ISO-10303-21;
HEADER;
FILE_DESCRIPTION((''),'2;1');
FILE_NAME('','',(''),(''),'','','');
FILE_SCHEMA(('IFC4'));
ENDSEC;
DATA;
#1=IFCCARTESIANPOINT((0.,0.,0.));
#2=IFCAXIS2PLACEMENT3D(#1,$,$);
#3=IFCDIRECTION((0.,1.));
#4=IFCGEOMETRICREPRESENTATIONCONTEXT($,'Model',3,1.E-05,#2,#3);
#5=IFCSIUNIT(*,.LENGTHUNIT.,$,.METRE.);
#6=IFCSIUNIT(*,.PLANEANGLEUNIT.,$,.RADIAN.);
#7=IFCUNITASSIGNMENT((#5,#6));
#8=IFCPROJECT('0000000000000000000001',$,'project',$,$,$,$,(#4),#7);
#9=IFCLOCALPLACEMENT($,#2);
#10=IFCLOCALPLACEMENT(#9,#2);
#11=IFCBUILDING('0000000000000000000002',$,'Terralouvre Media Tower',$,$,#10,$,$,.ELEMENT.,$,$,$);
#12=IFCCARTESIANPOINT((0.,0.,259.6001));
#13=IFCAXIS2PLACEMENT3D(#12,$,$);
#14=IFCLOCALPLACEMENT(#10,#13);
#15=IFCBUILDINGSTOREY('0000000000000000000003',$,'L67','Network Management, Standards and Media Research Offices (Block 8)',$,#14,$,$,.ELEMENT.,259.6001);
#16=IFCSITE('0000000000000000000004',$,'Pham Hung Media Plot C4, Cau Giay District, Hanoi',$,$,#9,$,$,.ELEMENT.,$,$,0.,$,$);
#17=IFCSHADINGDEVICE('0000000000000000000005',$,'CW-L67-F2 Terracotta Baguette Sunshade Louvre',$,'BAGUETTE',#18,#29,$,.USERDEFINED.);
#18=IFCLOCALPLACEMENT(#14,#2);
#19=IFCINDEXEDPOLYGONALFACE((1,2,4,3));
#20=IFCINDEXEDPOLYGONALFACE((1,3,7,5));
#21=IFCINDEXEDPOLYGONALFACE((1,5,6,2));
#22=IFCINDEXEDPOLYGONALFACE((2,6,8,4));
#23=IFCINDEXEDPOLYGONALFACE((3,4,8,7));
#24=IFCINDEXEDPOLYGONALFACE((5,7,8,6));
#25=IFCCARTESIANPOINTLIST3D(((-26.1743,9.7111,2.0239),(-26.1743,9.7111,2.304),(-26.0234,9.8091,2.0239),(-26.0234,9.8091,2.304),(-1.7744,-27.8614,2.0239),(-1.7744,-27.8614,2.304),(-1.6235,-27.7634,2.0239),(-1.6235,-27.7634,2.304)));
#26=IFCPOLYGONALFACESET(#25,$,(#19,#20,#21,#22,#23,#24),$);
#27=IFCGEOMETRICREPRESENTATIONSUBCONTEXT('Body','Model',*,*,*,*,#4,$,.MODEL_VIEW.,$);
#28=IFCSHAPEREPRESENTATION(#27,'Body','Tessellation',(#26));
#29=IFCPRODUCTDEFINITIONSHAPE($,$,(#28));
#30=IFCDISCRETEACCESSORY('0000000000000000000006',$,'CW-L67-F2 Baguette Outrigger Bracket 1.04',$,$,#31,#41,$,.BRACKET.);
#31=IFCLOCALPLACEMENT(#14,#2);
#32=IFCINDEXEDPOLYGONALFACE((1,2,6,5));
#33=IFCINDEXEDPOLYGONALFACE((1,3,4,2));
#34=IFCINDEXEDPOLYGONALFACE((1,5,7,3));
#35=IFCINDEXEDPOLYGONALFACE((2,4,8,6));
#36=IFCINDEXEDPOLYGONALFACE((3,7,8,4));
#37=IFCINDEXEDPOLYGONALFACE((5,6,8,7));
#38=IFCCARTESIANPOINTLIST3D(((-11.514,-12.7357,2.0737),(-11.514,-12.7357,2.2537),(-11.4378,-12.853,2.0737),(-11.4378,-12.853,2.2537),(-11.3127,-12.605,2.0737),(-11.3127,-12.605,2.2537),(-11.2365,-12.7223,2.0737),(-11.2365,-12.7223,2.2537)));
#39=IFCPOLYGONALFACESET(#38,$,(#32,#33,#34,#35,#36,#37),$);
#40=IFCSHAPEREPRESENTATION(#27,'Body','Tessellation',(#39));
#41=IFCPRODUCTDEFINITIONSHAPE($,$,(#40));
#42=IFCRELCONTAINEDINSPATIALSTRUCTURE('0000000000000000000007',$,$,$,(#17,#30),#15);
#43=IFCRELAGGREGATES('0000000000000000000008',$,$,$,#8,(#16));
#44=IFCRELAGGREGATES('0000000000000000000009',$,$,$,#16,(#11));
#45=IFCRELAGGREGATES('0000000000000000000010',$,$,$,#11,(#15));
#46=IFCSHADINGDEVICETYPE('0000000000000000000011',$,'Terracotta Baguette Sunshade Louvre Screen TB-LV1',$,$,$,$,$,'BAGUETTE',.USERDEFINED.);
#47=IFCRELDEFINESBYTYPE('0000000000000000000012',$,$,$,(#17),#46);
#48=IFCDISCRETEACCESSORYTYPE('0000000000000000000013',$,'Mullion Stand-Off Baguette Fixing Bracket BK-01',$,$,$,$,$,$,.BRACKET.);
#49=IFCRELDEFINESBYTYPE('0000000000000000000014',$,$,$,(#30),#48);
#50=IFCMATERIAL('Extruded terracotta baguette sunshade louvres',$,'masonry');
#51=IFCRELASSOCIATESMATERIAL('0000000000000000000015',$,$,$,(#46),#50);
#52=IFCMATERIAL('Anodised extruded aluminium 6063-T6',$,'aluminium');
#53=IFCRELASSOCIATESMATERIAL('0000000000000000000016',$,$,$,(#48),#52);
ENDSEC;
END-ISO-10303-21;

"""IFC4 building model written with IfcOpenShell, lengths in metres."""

from ifc_helpers import new_model, si_unit, direction, frame, origin, origin_2d, place, context, subcontext, project, spatial, rectangle, extrude, material, type_object, element, save


model = new_model("IFC4")

# Units and contexts
model_context = context("Model", 3, precision=1e-05, world=origin(), true_north=direction((0.0, 1.0)))
body_context = subcontext(model_context, "Body", "Model", "MODEL_VIEW")
ifc_project = project(units=[si_unit("LENGTHUNIT", "METRE"), si_unit("PLANEANGLEUNIT", "RADIAN")], contexts=[model_context])

# Site, building, storey
site_placement = place(None, origin())
site = spatial("IfcSite", under=ifc_project, at=site_placement, Name="Pham Hung Media Plot C4, Cau Giay District, Hanoi", CompositionType="ELEMENT", RefElevation=0.0)
building_placement = place(site_placement, origin())
building = spatial("IfcBuilding", under=site, at=building_placement, Name="Terralouvre Media Tower", CompositionType="ELEMENT")
storey_placement = place(building_placement, frame((0.0, 0.0, 259.6001)))
storey = spatial("IfcBuildingStorey", under=building, at=storey_placement, Name="L67", Description="Network Management, Standards and Media Research Offices (Block 8)", CompositionType="ELEMENT", Elevation=259.6001)

# Shading device
ifc_material_1 = material(Name="Extruded terracotta baguette sunshade louvres", Category="masonry")
shading_device_type = type_object("IfcShadingDeviceType", Name="Terracotta Baguette Sunshade Louvre Screen TB-LV1", ElementType="BAGUETTE", PredefinedType="USERDEFINED", material=ifc_material_1)
shading_device_placement = place(storey_placement, frame((-13.8989, -9.0261, 2.0239), z_axis=(0.0, 0.0, 1.0), x_axis=(0.544639, -0.838671, 0.0)))
element("IfcShadingDevice", 1, at=shading_device_placement, inside=storey, type_object=shading_device_type, Name="CW-L67-F2 Terracotta Baguette Sunshade Louvre", ObjectType="BAGUETTE", PredefinedType="USERDEFINED", context=body_context, shape_type="SweptSolid", body=[
    extrude(rectangle(XDim=44.8, YDim=0.1799, at=origin_2d()), origin(), (0.0, 0.0, 1.0), 0.28),
])

# Discrete accessory
ifc_material_2 = material(Name="Anodised extruded aluminium 6063-T6", Category="aluminium")
discrete_accessory_type = type_object("IfcDiscreteAccessoryType", Name="Mullion Stand-Off Baguette Fixing Bracket BK-01", PredefinedType="BRACKET", material=ifc_material_2)
discrete_accessory_placement = place(storey_placement, frame((-11.3752, -12.729, 2.0737), z_axis=(0.0, 0.0, 1.0), x_axis=(0.544639, -0.838671, 0.0)))
element("IfcDiscreteAccessory", 2, at=discrete_accessory_placement, inside=storey, type_object=discrete_accessory_type, Name="CW-L67-F2 Baguette Outrigger Bracket 1.04", PredefinedType="BRACKET", context=body_context, shape_type="SweptSolid", body=[
    extrude(rectangle(XDim=0.1399, YDim=0.24, at=origin_2d()), origin(), (0.0, 0.0, 1.0), 0.1799),
])

save(model, "model.ifc")
